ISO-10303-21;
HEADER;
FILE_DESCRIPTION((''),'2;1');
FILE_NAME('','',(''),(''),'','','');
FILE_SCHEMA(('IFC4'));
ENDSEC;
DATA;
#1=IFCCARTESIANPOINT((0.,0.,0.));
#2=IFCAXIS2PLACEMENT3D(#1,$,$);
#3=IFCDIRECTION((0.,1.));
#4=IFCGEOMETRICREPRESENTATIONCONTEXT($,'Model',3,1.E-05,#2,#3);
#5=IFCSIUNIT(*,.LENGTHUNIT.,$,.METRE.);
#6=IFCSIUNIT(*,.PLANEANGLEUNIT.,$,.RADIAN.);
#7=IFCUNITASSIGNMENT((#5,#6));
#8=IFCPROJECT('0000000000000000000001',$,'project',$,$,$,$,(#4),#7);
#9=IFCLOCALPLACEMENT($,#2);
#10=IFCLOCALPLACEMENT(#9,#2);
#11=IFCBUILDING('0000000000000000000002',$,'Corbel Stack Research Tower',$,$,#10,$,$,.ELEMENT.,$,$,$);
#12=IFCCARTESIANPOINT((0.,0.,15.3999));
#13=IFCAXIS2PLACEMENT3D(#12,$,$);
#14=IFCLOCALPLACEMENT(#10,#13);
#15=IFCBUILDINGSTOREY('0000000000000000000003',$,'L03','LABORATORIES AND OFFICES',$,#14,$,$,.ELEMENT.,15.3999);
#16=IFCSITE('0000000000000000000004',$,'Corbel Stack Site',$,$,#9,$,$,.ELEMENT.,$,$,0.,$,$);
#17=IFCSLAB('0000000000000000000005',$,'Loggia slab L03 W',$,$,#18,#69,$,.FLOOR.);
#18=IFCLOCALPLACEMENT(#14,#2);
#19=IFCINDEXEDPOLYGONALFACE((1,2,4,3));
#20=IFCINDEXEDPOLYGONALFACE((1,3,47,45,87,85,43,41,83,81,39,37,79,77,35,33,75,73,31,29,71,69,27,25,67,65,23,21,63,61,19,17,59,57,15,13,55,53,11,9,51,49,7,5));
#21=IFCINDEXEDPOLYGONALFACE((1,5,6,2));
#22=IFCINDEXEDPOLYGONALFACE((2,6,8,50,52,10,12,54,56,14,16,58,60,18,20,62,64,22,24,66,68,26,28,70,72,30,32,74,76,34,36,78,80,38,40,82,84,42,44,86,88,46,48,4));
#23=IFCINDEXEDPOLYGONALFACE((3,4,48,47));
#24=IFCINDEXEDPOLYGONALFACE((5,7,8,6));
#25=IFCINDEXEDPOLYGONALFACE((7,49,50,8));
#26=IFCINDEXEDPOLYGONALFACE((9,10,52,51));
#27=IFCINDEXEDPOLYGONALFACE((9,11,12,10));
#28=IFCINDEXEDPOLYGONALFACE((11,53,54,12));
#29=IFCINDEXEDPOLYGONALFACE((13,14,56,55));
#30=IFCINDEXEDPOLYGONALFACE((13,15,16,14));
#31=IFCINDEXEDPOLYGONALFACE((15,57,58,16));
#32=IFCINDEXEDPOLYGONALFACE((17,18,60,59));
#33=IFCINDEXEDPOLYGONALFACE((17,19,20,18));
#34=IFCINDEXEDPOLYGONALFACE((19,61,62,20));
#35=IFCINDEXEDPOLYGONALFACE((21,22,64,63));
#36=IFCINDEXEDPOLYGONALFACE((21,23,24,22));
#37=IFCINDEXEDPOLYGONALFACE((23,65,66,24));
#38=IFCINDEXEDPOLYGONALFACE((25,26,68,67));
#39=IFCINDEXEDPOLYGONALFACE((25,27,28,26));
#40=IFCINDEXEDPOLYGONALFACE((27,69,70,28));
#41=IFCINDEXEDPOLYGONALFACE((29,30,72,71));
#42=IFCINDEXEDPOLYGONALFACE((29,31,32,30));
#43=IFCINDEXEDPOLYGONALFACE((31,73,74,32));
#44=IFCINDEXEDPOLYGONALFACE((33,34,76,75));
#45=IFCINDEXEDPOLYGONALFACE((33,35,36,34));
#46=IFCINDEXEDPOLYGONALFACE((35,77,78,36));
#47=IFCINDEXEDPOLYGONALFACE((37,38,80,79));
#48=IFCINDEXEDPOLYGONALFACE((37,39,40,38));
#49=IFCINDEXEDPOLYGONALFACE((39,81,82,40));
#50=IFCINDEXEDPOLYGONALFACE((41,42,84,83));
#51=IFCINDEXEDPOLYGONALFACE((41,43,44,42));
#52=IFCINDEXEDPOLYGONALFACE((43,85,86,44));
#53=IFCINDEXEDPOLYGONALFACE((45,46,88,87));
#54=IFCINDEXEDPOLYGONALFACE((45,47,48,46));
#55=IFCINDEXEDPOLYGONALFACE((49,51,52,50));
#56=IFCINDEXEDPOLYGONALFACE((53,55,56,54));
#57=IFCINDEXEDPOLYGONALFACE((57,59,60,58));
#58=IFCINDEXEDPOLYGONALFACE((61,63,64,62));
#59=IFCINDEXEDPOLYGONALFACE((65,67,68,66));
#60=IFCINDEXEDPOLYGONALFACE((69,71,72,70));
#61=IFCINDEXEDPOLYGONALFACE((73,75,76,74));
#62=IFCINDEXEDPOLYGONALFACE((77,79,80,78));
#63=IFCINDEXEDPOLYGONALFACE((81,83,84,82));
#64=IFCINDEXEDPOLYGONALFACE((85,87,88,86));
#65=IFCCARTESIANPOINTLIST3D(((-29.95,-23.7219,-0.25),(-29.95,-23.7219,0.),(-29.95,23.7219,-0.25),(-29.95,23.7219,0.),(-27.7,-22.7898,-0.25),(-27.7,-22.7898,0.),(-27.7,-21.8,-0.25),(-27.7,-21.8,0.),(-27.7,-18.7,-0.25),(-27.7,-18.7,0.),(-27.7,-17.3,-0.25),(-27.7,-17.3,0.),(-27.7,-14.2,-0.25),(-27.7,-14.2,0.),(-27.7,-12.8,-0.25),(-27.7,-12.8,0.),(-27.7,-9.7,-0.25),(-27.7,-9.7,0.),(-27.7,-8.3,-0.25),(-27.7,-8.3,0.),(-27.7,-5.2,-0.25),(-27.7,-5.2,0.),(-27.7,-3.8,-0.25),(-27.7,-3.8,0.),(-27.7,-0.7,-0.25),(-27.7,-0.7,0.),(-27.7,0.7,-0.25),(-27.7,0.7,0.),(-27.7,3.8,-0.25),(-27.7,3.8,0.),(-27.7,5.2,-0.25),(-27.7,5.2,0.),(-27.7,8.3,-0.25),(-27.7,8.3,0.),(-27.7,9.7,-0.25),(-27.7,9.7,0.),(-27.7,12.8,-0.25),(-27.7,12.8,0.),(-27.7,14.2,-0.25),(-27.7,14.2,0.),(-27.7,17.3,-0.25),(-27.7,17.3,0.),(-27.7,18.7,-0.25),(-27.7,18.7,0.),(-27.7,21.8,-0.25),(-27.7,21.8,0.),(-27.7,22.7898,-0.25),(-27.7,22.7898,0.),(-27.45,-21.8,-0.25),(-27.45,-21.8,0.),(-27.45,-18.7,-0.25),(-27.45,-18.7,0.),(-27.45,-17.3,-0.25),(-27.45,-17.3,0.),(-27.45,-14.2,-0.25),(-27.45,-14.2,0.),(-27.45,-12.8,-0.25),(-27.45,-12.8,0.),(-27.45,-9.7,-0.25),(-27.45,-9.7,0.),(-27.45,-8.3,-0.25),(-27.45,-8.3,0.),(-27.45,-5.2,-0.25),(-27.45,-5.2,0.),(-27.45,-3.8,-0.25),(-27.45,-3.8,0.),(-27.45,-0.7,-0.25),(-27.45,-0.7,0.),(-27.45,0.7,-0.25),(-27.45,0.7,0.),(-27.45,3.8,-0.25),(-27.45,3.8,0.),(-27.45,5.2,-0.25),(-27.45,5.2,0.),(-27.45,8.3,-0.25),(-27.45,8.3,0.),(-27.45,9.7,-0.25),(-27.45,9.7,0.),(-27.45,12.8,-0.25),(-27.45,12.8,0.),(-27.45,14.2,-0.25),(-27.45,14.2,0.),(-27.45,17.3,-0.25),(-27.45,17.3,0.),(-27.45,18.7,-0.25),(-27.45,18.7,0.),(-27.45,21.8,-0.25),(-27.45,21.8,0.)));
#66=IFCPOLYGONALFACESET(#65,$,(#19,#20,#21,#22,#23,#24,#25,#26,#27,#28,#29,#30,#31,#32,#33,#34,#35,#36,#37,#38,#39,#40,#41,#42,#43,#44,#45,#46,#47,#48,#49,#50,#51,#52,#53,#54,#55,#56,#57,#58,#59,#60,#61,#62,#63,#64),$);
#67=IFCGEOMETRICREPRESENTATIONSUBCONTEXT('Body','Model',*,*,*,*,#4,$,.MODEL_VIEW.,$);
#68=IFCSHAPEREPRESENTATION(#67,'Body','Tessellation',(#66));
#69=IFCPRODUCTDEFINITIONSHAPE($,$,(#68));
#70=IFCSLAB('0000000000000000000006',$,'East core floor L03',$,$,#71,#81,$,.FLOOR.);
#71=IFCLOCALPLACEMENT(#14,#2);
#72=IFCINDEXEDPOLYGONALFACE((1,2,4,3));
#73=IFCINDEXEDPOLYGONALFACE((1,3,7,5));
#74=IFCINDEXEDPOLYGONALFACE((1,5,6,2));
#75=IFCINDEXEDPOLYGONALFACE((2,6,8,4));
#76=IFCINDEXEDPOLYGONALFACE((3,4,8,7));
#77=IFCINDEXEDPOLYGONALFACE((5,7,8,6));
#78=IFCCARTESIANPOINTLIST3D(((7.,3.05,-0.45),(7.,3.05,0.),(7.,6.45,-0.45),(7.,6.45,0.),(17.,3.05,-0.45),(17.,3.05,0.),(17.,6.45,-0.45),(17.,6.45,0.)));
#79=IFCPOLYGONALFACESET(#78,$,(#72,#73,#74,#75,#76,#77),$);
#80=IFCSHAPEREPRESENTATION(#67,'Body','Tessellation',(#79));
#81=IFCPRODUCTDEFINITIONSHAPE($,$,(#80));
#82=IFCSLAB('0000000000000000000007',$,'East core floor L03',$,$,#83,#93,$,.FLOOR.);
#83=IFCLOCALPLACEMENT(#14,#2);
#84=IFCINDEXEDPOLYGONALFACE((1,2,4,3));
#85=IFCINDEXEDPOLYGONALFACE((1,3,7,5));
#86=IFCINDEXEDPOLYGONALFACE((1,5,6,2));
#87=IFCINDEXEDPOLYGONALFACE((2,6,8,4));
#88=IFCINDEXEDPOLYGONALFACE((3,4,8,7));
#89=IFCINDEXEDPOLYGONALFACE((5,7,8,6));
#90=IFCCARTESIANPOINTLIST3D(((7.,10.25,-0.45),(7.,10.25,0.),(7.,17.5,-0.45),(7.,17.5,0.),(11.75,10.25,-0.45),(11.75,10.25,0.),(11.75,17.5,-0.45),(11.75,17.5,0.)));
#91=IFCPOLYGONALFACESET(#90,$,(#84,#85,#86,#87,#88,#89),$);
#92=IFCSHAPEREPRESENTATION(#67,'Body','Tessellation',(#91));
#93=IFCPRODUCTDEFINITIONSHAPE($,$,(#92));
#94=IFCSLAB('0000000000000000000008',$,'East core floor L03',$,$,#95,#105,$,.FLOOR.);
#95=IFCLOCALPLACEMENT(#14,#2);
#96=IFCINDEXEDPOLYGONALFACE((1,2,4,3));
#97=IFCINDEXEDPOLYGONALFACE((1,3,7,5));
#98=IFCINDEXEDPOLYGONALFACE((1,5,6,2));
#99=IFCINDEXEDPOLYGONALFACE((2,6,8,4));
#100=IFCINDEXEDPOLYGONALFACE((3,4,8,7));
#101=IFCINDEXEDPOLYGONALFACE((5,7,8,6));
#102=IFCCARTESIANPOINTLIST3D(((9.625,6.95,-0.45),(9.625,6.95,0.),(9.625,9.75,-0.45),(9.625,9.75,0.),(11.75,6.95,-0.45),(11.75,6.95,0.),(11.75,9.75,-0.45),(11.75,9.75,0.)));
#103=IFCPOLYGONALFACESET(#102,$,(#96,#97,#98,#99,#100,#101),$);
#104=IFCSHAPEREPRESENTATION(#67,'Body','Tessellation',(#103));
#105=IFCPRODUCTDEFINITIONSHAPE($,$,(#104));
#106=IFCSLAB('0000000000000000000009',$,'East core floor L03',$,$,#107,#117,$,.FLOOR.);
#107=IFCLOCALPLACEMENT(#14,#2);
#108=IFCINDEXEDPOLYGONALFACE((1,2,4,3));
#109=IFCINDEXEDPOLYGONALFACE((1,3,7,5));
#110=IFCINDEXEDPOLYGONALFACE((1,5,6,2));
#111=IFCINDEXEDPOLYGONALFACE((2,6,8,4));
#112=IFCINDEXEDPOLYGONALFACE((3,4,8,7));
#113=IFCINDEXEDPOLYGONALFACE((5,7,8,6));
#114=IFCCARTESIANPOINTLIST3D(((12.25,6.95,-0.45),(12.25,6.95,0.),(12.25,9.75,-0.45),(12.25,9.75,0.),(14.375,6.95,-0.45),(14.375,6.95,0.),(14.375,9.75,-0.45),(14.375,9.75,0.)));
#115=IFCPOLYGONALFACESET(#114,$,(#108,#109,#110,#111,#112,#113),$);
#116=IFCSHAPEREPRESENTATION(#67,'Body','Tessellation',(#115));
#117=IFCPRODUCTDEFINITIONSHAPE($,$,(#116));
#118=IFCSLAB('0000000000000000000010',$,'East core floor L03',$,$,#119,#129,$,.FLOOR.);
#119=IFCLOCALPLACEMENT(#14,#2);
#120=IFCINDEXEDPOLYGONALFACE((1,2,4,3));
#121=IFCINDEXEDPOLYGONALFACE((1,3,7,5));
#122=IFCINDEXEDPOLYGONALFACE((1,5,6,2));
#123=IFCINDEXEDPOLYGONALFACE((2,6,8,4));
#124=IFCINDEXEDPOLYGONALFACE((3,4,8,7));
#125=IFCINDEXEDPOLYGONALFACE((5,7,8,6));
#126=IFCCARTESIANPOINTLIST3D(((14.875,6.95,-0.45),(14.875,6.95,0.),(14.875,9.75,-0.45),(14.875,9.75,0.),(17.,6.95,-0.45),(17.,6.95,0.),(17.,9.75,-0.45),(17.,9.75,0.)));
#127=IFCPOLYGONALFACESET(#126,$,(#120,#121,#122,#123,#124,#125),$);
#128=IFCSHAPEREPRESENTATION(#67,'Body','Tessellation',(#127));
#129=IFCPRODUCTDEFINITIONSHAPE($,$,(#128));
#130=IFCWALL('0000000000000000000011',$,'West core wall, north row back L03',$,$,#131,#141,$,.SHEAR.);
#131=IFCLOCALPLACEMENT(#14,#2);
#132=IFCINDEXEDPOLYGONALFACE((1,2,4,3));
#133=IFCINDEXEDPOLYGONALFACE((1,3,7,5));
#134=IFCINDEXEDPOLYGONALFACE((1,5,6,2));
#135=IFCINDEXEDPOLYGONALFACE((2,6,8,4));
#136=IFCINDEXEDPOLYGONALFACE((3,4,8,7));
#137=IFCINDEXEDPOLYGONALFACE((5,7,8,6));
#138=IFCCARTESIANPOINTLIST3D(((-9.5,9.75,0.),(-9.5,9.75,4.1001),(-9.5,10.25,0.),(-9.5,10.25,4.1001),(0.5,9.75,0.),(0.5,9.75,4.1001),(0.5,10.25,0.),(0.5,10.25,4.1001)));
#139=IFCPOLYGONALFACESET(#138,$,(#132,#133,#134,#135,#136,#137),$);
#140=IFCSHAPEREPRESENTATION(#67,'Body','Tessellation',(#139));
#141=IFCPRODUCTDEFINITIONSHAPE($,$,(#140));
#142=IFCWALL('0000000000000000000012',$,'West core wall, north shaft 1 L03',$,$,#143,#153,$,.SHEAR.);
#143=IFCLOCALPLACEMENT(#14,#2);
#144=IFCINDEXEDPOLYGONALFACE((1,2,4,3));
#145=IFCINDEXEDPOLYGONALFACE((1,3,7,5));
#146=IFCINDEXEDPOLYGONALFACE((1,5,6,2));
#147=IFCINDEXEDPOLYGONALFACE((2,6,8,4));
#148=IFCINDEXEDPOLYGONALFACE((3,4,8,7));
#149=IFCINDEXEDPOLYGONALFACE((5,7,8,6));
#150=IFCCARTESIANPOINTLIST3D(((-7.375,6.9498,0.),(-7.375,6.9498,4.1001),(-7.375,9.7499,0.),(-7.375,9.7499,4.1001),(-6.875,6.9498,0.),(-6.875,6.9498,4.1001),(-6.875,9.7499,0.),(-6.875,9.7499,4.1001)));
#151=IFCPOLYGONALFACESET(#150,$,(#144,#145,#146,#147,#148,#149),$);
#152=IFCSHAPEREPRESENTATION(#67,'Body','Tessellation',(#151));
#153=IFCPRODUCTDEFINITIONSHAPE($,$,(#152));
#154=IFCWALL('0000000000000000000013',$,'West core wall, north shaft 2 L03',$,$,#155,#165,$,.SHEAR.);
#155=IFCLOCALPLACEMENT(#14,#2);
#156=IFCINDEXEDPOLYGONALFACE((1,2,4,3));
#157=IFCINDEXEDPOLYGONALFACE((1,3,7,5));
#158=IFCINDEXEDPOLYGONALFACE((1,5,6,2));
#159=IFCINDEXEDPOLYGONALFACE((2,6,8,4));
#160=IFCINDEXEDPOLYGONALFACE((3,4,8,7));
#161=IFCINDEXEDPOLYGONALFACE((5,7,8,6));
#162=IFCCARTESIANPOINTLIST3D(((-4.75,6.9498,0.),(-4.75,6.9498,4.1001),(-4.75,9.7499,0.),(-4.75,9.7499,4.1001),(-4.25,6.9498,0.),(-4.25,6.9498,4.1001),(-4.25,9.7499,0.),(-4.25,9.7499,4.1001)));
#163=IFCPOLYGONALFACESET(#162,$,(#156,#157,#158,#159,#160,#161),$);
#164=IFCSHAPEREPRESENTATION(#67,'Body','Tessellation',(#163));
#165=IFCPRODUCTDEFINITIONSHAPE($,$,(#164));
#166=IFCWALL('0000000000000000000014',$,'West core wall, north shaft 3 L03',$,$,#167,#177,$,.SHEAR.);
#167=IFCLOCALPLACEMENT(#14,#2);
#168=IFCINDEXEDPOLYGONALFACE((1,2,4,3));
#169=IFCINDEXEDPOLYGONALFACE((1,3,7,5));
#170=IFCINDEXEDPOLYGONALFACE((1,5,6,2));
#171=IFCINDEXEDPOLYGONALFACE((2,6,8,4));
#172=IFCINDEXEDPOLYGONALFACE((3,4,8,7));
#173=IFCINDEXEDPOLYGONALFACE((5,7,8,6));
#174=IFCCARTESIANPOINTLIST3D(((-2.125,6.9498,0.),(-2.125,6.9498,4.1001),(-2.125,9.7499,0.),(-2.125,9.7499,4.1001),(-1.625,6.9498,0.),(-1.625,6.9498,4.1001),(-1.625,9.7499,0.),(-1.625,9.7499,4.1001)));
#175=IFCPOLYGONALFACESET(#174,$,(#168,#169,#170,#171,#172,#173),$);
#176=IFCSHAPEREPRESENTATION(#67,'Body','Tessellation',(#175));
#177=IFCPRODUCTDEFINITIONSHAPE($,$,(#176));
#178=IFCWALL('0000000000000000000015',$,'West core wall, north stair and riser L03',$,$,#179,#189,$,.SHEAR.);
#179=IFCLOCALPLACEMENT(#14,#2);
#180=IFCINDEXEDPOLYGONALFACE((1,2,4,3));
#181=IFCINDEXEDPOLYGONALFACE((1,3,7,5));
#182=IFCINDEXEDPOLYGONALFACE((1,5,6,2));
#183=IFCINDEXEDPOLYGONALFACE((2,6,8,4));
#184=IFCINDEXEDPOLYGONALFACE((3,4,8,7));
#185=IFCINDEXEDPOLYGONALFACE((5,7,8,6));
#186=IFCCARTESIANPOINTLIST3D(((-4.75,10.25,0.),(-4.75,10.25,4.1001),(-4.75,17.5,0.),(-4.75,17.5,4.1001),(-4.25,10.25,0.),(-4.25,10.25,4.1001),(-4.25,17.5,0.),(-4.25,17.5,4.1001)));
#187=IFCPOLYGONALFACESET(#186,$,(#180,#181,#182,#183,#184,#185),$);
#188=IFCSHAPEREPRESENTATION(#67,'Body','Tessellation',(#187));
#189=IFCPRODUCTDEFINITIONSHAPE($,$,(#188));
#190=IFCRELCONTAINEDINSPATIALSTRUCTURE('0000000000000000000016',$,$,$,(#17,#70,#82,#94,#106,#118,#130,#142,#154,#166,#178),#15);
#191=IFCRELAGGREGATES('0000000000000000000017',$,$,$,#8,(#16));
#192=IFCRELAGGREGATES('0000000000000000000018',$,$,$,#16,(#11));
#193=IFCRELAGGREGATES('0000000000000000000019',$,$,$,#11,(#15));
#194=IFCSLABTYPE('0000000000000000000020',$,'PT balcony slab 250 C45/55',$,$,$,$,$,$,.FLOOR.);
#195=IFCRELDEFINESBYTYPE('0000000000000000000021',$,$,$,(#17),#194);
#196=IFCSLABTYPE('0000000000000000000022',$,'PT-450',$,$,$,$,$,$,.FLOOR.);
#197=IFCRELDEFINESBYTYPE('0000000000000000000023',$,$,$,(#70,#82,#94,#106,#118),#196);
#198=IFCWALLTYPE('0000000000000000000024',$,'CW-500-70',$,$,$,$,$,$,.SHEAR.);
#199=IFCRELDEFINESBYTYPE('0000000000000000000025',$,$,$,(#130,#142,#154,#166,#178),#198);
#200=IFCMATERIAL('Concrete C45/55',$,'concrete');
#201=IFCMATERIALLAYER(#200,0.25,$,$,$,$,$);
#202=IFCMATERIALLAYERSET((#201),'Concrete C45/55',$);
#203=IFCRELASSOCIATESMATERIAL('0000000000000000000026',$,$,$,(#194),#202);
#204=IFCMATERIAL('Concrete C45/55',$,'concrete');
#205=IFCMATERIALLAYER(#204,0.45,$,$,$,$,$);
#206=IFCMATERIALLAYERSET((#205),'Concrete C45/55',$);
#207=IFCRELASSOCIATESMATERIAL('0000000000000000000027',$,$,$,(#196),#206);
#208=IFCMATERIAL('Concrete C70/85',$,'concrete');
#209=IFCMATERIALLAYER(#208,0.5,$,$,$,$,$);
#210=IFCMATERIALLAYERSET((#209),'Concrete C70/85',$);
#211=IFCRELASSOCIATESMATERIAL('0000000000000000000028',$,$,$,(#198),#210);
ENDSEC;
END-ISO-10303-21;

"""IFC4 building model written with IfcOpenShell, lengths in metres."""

from ifc_helpers import new_model, si_unit, direction, frame, frame_2d, origin, place, context, subcontext, project, spatial, polyline, rectangle, outline, extrude, material, layer, layer_set, type_object, element, save


model = new_model("IFC4")

# Units and contexts
model_context = context("Model", 3, precision=1e-05, world=origin(), true_north=direction((0.0, 1.0)))
body_context = subcontext(model_context, "Body", "Model", "MODEL_VIEW")
ifc_project = project(units=[si_unit("LENGTHUNIT", "METRE"), si_unit("PLANEANGLEUNIT", "RADIAN")], contexts=[model_context])

# Site, building, storey
site_placement = place(None, origin())
site = spatial("IfcSite", under=ifc_project, at=site_placement, Name="Corbel Stack Site", CompositionType="ELEMENT", RefElevation=0.0)
building_placement = place(site_placement, origin())
building = spatial("IfcBuilding", under=site, at=building_placement, Name="Corbel Stack Research Tower", CompositionType="ELEMENT")
storey_placement = place(building_placement, frame((0.0, 0.0, 15.3999)))
storey = spatial("IfcBuildingStorey", under=building, at=storey_placement, Name="L03", Description="LABORATORIES AND OFFICES", CompositionType="ELEMENT", Elevation=15.3999)

# Slabs
ifc_material_1 = material(Name="Concrete C45/55", Category="concrete")
ifc_layer_1 = layer(ifc_material_1, 0.25)
ifc_layer_set_1 = layer_set([ifc_layer_1], Name="Concrete C45/55")
slab_type_1 = type_object("IfcSlabType", Name="PT balcony slab 250 C45/55", PredefinedType="FLOOR", material=ifc_layer_set_1)
slab_1_placement = place(storey_placement, frame((0.0, 0.0, -0.25)))
element("IfcSlab", 1, at=slab_1_placement, inside=storey, type_object=slab_type_1, Name="Loggia slab L03 W", PredefinedType="FLOOR", context=body_context, shape_type="SweptSolid", body=[
    extrude(outline(polyline([(-27.7, -22.7898), (-27.7, -21.8), (-27.45, -21.8), (-27.45, -18.7), (-27.7, -18.7), (-27.7, -17.3), (-27.45, -17.3), (-27.45, -14.2), (-27.7, -14.2), (-27.7, -12.8), (-27.45, -12.8), (-27.45, -9.7), (-27.7, -9.7), (-27.7, -8.3), (-27.45, -8.3), (-27.45, -5.2), (-27.7, -5.2), (-27.7, -3.8), (-27.45, -3.8), (-27.45, -0.7), (-27.7, -0.7), (-27.7, 0.7), (-27.45, 0.7), (-27.45, 3.8), (-27.7, 3.8), (-27.7, 5.2), (-27.45, 5.2), (-27.45, 8.3), (-27.7, 8.3), (-27.7, 9.7), (-27.45, 9.7), (-27.45, 12.8), (-27.7, 12.8), (-27.7, 14.2), (-27.45, 14.2), (-27.45, 17.3), (-27.7, 17.3), (-27.7, 18.7), (-27.45, 18.7), (-27.45, 21.8), (-27.7, 21.8), (-27.7, 22.7898), (-29.95, 23.7219), (-29.95, -23.7219), (-27.7, -22.7898)])), origin(), (0.0, 0.0, 1.0), 0.25),
])
ifc_material_2 = material(Name="Concrete C45/55", Category="concrete")
ifc_layer_2 = layer(ifc_material_2, 0.45)
ifc_layer_set_2 = layer_set([ifc_layer_2], Name="Concrete C45/55")
slab_type_2 = type_object("IfcSlabType", Name="PT-450", PredefinedType="FLOOR", material=ifc_layer_set_2)
slab_2_placement = place(storey_placement, frame((0.0, 0.0, -0.45)))
element("IfcSlab", 2, at=slab_2_placement, inside=storey, type_object=slab_type_2, Name="East core floor L03", PredefinedType="FLOOR", context=body_context, shape_type="SweptSolid", body=[
    extrude(outline(polyline([(7.0, 6.45), (7.0, 3.05), (17.0, 3.05), (17.0, 6.45), (7.0, 6.45)])), origin(), (0.0, 0.0, 1.0), 0.45),
])
slab_3_placement = place(storey_placement, frame((0.0, 0.0, -0.45)))
element("IfcSlab", 3, at=slab_3_placement, inside=storey, type_object=slab_type_2, Name="East core floor L03", PredefinedType="FLOOR", context=body_context, shape_type="SweptSolid", body=[
    extrude(outline(polyline([(7.0, 17.5), (7.0, 10.25), (11.75, 10.25), (11.75, 17.5), (7.0, 17.5)])), origin(), (0.0, 0.0, 1.0), 0.45),
])
slab_4_placement = place(storey_placement, frame((0.0, 0.0, -0.45)))
element("IfcSlab", 4, at=slab_4_placement, inside=storey, type_object=slab_type_2, Name="East core floor L03", PredefinedType="FLOOR", context=body_context, shape_type="SweptSolid", body=[
    extrude(outline(polyline([(9.625, 6.95), (11.75, 6.95), (11.75, 9.75), (9.625, 9.75), (9.625, 6.95)])), origin(), (0.0, 0.0, 1.0), 0.45),
])
slab_5_placement = place(storey_placement, frame((0.0, 0.0, -0.45)))
element("IfcSlab", 5, at=slab_5_placement, inside=storey, type_object=slab_type_2, Name="East core floor L03", PredefinedType="FLOOR", context=body_context, shape_type="SweptSolid", body=[
    extrude(outline(polyline([(14.375, 6.95), (14.375, 9.75), (12.25, 9.75), (12.25, 6.95), (14.375, 6.95)])), origin(), (0.0, 0.0, 1.0), 0.45),
])
slab_6_placement = place(storey_placement, frame((0.0, 0.0, -0.45)))
element("IfcSlab", 6, at=slab_6_placement, inside=storey, type_object=slab_type_2, Name="East core floor L03", PredefinedType="FLOOR", context=body_context, shape_type="SweptSolid", body=[
    extrude(outline(polyline([(17.0, 6.95), (17.0, 9.75), (14.875, 9.75), (14.875, 6.95), (17.0, 6.95)])), origin(), (0.0, 0.0, 1.0), 0.45),
])

# Walls
ifc_material_3 = material(Name="Concrete C70/85", Category="concrete")
ifc_layer_3 = layer(ifc_material_3, 0.5)
ifc_layer_set_3 = layer_set([ifc_layer_3], Name="Concrete C70/85")
wall_type_1 = type_object("IfcWallType", Name="CW-500-70", PredefinedType="SHEAR", material=ifc_layer_set_3)
wall_1_placement = place(storey_placement, frame((-9.5, 10.0, 0.0), z_axis=(0.0, 0.0, 1.0), x_axis=(1.0, 0.0, 0.0)))
element("IfcWall", 7, at=wall_1_placement, inside=storey, type_object=wall_type_1, Name="West core wall, north row back L03", PredefinedType="SHEAR", context=body_context, shape_type="SweptSolid", body=[
    extrude(rectangle(XDim=10.0, YDim=0.5, at=frame_2d((5.0, 0.0))), origin(), (0.0, 0.0, 1.0), 4.1001),
])
for number, where, z_axis, x_axis, name in (
    (8, (-7.125, 6.95, 0.0), (0.0, 0.0, 1.0), (0.0, 1.0, 0.0), "West core wall, north shaft 1 L03"),
    (9, (-4.5, 6.95, 0.0), (0.0, 0.0, 1.0), (0.0, 1.0, 0.0), "West core wall, north shaft 2 L03"),
    (10, (-1.875, 6.95, 0.0), (0.0, 0.0, 1.0), (0.0, 1.0, 0.0), "West core wall, north shaft 3 L03"),
):
    element("IfcWall", number, at=place(storey_placement, frame(where, z_axis=z_axis, x_axis=x_axis)), inside=storey, type_object=wall_type_1, Name=name, PredefinedType="SHEAR", context=body_context, shape_type="SweptSolid", body=[
        extrude(rectangle(XDim=2.8, YDim=0.5, at=frame_2d((1.3999, 0.0))), origin(), (0.0, 0.0, 1.0), 4.1001),
    ])
wall_2_placement = place(storey_placement, frame((-4.5, 10.25, 0.0), z_axis=(0.0, 0.0, 1.0), x_axis=(0.0, 1.0, 0.0)))
element("IfcWall", 11, at=wall_2_placement, inside=storey, type_object=wall_type_1, Name="West core wall, north stair and riser L03", PredefinedType="SHEAR", context=body_context, shape_type="SweptSolid", body=[
    extrude(rectangle(XDim=7.25, YDim=0.5, at=frame_2d((3.625, 0.0))), origin(), (0.0, 0.0, 1.0), 4.1001),
])

save(model, "model.ifc")
